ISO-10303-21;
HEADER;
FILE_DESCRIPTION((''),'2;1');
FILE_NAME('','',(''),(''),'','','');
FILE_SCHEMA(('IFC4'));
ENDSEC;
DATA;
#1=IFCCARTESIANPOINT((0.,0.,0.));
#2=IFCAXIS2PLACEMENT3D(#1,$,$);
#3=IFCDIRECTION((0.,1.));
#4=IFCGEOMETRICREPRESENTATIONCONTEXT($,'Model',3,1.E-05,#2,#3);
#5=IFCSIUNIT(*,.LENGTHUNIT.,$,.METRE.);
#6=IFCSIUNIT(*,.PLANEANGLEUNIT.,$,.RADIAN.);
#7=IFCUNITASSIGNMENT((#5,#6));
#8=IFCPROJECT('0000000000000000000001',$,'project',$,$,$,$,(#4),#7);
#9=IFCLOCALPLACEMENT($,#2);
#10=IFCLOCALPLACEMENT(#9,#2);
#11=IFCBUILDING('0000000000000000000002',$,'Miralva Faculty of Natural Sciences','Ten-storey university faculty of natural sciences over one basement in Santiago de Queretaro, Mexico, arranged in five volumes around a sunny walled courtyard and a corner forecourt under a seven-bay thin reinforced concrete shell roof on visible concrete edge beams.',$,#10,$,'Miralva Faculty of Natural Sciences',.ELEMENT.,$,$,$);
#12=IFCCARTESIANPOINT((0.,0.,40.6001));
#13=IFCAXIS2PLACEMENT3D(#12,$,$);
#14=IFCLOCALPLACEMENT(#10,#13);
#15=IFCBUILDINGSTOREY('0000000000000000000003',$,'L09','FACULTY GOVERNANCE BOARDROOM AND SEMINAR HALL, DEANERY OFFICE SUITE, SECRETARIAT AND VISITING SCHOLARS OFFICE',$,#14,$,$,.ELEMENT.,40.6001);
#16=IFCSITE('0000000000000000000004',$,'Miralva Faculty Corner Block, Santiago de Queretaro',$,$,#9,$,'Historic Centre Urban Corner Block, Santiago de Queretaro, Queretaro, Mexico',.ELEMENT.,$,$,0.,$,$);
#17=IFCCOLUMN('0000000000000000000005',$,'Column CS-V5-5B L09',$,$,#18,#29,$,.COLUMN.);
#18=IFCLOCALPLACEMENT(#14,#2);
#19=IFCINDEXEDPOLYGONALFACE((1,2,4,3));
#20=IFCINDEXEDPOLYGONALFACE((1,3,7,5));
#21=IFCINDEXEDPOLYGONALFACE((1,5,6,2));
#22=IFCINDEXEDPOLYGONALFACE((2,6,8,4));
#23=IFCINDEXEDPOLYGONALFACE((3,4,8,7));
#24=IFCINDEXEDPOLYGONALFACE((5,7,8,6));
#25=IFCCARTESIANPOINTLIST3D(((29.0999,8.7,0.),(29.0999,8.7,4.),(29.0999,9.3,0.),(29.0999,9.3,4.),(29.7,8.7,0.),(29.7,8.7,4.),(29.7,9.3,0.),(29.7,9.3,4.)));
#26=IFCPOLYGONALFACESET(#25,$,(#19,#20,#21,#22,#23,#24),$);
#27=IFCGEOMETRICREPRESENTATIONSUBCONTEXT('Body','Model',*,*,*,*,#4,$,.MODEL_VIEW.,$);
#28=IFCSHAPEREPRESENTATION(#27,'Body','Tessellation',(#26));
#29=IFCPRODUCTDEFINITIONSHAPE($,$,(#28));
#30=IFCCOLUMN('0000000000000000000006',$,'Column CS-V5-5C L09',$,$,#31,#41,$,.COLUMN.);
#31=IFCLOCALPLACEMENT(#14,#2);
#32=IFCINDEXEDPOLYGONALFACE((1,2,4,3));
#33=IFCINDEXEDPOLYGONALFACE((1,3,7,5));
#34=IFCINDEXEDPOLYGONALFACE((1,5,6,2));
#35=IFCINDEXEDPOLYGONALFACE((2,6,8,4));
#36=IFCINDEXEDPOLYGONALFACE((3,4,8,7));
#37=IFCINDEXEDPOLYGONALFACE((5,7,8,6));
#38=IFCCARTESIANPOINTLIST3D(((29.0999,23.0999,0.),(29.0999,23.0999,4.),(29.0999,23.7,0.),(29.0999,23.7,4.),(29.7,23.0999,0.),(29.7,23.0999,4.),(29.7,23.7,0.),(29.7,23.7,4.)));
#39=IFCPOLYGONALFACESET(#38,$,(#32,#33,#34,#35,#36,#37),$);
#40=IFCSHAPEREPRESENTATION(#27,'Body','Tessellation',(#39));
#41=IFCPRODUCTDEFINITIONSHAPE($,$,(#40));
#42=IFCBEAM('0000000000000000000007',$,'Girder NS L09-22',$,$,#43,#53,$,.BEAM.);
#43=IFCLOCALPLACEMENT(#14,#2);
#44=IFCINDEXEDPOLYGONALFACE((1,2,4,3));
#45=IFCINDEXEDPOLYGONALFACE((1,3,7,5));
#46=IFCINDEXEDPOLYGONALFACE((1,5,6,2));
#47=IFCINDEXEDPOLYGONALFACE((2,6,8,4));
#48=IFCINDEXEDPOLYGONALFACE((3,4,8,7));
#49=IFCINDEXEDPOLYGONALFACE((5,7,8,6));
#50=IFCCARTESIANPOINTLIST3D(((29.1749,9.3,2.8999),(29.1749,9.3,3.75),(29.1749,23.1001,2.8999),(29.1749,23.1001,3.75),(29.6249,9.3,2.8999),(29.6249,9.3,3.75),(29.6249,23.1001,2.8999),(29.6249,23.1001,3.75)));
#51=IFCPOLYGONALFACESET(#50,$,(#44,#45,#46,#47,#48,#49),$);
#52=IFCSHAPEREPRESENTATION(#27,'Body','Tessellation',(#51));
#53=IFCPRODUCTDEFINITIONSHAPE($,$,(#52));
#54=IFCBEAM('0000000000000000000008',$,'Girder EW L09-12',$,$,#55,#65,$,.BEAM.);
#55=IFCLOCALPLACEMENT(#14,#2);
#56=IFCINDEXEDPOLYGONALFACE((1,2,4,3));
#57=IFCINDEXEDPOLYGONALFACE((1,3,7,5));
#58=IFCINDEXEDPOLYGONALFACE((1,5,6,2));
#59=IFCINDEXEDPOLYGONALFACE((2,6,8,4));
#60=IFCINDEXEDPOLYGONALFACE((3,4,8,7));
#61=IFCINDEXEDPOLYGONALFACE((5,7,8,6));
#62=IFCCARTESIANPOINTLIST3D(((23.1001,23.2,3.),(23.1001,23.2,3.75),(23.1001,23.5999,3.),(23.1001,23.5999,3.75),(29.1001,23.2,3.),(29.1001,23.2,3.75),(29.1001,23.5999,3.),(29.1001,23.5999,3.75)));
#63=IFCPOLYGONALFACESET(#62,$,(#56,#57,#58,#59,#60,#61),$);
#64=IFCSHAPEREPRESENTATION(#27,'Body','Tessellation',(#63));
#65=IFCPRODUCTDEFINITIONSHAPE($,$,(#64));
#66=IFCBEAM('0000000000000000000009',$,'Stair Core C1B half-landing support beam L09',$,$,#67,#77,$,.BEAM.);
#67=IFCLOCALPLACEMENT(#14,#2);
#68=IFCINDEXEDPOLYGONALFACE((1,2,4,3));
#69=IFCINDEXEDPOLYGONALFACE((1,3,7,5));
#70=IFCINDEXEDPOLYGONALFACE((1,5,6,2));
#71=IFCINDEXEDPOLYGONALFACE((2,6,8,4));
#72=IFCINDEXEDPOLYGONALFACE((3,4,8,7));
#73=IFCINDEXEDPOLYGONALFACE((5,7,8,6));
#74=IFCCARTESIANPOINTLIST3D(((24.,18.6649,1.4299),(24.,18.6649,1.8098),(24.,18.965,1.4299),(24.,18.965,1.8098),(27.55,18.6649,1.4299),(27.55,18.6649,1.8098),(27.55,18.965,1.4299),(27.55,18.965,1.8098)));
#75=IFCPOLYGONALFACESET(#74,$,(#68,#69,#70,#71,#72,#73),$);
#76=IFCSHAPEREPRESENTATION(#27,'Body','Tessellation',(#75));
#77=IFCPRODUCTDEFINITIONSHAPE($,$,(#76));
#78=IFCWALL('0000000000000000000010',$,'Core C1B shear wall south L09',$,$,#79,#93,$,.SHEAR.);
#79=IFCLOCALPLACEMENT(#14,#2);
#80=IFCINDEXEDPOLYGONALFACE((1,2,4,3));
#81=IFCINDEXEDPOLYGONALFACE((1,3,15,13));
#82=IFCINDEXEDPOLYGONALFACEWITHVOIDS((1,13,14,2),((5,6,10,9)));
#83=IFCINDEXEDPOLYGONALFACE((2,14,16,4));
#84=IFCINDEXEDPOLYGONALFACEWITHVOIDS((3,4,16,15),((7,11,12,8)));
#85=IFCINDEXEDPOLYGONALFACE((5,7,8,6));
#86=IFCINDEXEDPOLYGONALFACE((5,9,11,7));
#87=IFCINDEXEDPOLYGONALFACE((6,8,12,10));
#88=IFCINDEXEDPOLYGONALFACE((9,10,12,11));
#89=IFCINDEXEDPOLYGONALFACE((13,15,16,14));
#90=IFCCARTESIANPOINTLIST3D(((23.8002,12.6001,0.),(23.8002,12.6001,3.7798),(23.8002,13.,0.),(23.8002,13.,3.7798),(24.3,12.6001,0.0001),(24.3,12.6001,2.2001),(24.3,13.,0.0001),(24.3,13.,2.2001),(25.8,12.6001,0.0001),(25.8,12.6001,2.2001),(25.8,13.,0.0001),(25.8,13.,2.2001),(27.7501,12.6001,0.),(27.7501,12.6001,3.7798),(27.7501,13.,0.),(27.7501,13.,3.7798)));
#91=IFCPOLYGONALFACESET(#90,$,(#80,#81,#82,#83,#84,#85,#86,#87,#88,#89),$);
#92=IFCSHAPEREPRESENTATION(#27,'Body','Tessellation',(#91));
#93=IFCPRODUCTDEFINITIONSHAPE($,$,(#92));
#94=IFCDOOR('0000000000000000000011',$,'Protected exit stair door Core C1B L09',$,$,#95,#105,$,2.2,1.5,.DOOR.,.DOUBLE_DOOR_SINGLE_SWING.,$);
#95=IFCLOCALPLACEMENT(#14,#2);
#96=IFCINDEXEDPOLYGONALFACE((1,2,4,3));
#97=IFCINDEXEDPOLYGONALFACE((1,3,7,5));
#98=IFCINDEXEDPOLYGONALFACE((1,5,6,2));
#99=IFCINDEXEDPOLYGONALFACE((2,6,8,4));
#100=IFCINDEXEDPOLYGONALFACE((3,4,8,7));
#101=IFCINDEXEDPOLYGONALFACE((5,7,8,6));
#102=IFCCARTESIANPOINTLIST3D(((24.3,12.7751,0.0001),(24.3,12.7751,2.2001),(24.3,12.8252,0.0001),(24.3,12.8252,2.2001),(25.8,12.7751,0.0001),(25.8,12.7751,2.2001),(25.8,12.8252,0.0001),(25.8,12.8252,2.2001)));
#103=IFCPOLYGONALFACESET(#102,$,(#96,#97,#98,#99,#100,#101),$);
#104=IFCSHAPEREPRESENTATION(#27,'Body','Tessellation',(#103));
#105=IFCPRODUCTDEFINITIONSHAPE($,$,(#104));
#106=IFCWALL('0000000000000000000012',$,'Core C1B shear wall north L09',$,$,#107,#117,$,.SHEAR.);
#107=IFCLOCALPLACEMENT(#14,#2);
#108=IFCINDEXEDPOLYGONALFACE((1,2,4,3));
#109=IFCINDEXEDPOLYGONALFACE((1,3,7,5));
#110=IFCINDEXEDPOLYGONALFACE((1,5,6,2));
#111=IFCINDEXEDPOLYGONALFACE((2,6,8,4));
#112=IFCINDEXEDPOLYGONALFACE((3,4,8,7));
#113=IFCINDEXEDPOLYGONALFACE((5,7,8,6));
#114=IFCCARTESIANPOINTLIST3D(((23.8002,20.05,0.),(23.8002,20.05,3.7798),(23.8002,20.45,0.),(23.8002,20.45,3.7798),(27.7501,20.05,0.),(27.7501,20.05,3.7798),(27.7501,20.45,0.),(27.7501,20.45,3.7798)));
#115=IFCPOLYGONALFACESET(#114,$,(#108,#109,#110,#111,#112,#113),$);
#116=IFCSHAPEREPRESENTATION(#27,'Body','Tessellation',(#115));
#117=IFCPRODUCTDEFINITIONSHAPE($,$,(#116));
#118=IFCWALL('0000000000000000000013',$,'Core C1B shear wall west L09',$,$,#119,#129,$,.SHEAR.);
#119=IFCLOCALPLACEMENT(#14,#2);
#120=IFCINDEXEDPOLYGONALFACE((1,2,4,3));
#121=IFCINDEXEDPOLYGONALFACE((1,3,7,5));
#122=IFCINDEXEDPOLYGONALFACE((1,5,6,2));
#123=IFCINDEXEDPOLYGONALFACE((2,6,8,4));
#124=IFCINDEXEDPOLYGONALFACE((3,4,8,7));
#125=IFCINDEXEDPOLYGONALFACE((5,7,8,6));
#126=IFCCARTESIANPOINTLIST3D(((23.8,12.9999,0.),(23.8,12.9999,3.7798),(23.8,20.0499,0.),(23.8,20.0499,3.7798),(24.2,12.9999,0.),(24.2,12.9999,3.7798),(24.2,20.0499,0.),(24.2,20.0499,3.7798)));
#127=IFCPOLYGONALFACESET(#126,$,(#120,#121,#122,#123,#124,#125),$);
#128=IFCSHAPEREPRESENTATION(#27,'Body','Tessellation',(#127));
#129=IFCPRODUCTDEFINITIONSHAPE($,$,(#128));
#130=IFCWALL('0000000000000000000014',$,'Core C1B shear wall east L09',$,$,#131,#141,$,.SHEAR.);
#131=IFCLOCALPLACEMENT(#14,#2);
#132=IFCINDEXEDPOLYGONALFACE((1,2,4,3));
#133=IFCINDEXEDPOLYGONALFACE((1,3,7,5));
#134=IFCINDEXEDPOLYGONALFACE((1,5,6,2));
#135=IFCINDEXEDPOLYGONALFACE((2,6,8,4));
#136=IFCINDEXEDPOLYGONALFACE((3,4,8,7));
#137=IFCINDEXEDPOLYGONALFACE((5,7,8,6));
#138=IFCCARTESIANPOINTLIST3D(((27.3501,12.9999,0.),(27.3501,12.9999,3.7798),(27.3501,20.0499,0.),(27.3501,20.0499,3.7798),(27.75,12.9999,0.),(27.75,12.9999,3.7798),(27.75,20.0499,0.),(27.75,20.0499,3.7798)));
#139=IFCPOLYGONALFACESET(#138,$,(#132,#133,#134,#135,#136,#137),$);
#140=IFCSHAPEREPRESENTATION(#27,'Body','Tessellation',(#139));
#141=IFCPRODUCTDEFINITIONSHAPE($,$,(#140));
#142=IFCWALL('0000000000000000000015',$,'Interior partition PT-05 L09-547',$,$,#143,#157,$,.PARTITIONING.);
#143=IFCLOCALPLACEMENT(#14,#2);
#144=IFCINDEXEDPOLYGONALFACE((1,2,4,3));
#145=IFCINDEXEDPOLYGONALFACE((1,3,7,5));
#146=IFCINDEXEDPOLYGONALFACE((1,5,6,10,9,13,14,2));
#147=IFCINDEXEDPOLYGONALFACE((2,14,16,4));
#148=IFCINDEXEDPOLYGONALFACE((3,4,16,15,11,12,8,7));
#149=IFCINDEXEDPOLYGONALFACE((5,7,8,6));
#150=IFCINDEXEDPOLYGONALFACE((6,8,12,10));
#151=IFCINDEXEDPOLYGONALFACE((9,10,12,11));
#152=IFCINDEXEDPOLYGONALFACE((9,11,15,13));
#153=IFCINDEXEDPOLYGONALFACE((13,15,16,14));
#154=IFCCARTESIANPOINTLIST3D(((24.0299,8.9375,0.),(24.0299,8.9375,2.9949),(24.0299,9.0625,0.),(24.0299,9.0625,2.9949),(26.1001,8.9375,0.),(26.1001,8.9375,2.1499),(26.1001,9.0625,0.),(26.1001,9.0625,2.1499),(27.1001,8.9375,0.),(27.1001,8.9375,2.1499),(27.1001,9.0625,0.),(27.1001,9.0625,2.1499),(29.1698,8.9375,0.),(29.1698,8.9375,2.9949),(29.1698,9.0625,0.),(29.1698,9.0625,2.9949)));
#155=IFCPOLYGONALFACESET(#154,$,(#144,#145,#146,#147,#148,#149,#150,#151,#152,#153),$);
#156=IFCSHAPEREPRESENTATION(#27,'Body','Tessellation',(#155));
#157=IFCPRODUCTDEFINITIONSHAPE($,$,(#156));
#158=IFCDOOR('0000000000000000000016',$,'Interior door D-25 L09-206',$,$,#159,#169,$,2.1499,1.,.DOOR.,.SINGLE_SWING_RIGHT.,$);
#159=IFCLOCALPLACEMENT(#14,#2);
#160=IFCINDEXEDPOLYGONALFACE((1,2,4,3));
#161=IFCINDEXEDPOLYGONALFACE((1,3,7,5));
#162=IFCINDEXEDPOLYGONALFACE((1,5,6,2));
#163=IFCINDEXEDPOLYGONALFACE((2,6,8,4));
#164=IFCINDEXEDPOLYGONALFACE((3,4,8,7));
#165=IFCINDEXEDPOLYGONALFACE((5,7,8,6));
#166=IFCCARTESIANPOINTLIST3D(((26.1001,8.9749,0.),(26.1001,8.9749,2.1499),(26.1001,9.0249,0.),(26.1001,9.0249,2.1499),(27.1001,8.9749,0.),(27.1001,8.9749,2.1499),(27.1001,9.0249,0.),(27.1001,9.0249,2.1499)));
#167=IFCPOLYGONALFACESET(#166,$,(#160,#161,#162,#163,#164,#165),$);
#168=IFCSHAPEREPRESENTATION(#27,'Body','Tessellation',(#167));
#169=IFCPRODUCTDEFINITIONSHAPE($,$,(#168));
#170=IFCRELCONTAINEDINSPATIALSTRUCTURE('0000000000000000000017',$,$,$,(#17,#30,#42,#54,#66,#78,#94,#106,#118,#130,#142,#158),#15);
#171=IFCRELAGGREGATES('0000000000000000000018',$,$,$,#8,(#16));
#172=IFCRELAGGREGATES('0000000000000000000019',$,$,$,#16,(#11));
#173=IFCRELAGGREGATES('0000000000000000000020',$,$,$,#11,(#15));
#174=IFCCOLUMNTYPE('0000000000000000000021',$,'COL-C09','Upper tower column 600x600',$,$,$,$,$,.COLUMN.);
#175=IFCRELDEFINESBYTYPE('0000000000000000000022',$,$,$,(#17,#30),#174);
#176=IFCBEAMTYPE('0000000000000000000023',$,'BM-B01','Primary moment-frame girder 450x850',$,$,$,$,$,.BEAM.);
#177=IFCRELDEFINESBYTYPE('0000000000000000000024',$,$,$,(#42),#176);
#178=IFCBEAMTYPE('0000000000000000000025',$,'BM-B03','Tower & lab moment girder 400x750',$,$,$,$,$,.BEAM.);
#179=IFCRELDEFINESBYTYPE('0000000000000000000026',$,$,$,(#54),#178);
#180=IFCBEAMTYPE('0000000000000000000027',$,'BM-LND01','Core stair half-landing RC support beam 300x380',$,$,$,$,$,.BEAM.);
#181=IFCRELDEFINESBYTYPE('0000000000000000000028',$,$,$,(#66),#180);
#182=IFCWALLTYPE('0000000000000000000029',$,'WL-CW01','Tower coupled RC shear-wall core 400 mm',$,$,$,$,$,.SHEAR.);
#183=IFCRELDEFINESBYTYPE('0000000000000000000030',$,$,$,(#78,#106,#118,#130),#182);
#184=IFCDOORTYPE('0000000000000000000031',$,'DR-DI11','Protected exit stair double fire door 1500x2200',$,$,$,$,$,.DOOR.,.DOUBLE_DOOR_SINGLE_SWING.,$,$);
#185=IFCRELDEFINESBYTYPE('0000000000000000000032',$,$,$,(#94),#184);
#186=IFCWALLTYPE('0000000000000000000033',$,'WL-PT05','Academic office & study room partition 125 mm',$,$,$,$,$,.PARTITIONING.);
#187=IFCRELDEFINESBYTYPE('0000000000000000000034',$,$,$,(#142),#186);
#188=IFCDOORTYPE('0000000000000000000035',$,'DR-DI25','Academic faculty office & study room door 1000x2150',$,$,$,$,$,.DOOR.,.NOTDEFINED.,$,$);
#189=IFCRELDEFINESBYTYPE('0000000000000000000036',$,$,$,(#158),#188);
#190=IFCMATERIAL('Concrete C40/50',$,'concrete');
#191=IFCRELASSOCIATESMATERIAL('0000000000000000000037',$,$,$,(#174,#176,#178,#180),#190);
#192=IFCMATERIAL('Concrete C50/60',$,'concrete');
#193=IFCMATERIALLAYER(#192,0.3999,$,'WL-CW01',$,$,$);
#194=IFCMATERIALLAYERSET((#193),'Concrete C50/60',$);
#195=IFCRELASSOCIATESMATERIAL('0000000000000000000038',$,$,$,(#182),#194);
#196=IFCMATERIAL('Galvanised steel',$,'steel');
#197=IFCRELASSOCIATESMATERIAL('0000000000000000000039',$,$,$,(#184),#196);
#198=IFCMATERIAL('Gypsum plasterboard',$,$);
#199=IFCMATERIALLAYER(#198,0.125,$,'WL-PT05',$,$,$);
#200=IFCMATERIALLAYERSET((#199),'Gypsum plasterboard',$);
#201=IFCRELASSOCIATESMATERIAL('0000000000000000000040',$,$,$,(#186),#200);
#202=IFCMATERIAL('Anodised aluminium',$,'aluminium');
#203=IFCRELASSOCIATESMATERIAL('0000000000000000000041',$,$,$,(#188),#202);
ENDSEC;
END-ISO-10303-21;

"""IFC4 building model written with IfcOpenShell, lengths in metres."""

from ifc_helpers import new_model, si_unit, direction, frame, frame_2d, origin, origin_2d, place, context, subcontext, project, spatial, rectangle, extrude, material, layer, layer_set, material_profile, profile_set, type_object, element, fill, save


model = new_model("IFC4")

# Units and contexts
model_context = context("Model", 3, precision=1e-05, world=origin(), true_north=direction((0.0, 1.0)))
body_context = subcontext(model_context, "Body", "Model", "MODEL_VIEW")
ifc_project = project(units=[si_unit("LENGTHUNIT", "METRE"), si_unit("PLANEANGLEUNIT", "RADIAN")], contexts=[model_context])

# Site, building, storey
site_placement = place(None, origin())
site = spatial("IfcSite", under=ifc_project, at=site_placement, Name="Miralva Faculty Corner Block, Santiago de Queretaro", LongName="Historic Centre Urban Corner Block, Santiago de Queretaro, Queretaro, Mexico", CompositionType="ELEMENT", RefElevation=0.0)
building_placement = place(site_placement, origin())
building = spatial("IfcBuilding", under=site, at=building_placement, Name="Miralva Faculty of Natural Sciences", Description="Ten-storey university faculty of natural sciences over one basement in Santiago de Queretaro, Mexico, arranged in five volumes around a sunny walled courtyard and a corner forecourt under a seven-bay thin reinforced concrete shell roof on visible concrete edge beams.", LongName="Miralva Faculty of Natural Sciences", CompositionType="ELEMENT")
storey_placement = place(building_placement, frame((0.0, 0.0, 40.6001)))
storey = spatial("IfcBuildingStorey", under=building, at=storey_placement, Name="L09", Description="FACULTY GOVERNANCE BOARDROOM AND SEMINAR HALL, DEANERY OFFICE SUITE, SECRETARIAT AND VISITING SCHOLARS OFFICE", CompositionType="ELEMENT", Elevation=40.6001)

# Columns
ifc_material_1 = material(Name="Concrete C40/50", Category="concrete")
ifc_material_profile_1 = material_profile(ifc_material_1, rectangle(XDim=0.6001, YDim=0.6001, at=origin_2d()), Name="RC 600x600")
ifc_profile_set_1 = profile_set([ifc_material_profile_1], Name="Concrete C40/50")
column_type = type_object("IfcColumnType", Name="COL-C09", Description="Upper tower column 600x600", PredefinedType="COLUMN", material=ifc_profile_set_1)
for number, where, z_axis, x_axis, name in (
    (1, (29.3999, 9.0, 0.0), (0.0, 0.0, 1.0), (1.0, 0.0, 0.0), "Column CS-V5-5B L09"),
    (2, (29.3999, 23.3999, 0.0), (0.0, 0.0, 1.0), (1.0, 0.0, 0.0), "Column CS-V5-5C L09"),
):
    element("IfcColumn", number, at=place(storey_placement, frame(where, z_axis=z_axis, x_axis=x_axis)), inside=storey, type_object=column_type, Name=name, PredefinedType="COLUMN", context=body_context, shape_type="SweptSolid", body=[
        extrude(rectangle(XDim=0.6001, YDim=0.6001, at=origin_2d()), origin(), (0.0, 0.0, 1.0), 4.0),
    ])

# Beams
ifc_material_profile_2 = material_profile(ifc_material_1, rectangle(XDim=0.45, YDim=0.8501, at=origin_2d()), Name="RC 450x850")
ifc_profile_set_2 = profile_set([ifc_material_profile_2], Name="Concrete C40/50")
beam_type_1 = type_object("IfcBeamType", Name="BM-B01", Description="Primary moment-frame girder 450x850", PredefinedType="BEAM", material=ifc_profile_set_2)
beam_1_placement = place(storey_placement, frame((29.3999, 9.3, 3.325), z_axis=(0.0, 1.0, 0.0), x_axis=(-1.0, 0.0, 0.0)))
element("IfcBeam", 3, at=beam_1_placement, inside=storey, type_object=beam_type_1, Name="Girder NS L09-22", PredefinedType="BEAM", context=body_context, shape_type="SweptSolid", body=[
    extrude(rectangle(XDim=0.45, YDim=0.8501, at=origin_2d()), origin(), (0.0, 0.0, 1.0), 13.8),
])
ifc_material_profile_3 = material_profile(ifc_material_1, rectangle(XDim=0.3999, YDim=0.75, at=origin_2d()), Name="RC 400x750")
ifc_profile_set_3 = profile_set([ifc_material_profile_3], Name="Concrete C40/50")
beam_type_2 = type_object("IfcBeamType", Name="BM-B03", Description="Tower & lab moment girder 400x750", PredefinedType="BEAM", material=ifc_profile_set_3)
beam_2_placement = place(storey_placement, frame((23.1001, 23.3999, 3.375), z_axis=(1.0, 0.0, 0.0), x_axis=(0.0, 1.0, 0.0)))
element("IfcBeam", 4, at=beam_2_placement, inside=storey, type_object=beam_type_2, Name="Girder EW L09-12", PredefinedType="BEAM", context=body_context, shape_type="SweptSolid", body=[
    extrude(rectangle(XDim=0.3999, YDim=0.75, at=origin_2d()), origin(), (0.0, 0.0, 1.0), 6.0),
])
ifc_material_profile_4 = material_profile(ifc_material_1, rectangle(XDim=0.3, YDim=0.3799, at=origin_2d()), Name="RC 300x380")
ifc_profile_set_4 = profile_set([ifc_material_profile_4], Name="Concrete C40/50")
beam_type_3 = type_object("IfcBeamType", Name="BM-LND01", Description="Core stair half-landing RC support beam 300x380", PredefinedType="BEAM", material=ifc_profile_set_4)
beam_3_placement = place(storey_placement, frame((24.0, 18.8149, 1.6199), z_axis=(1.0, 0.0, 0.0), x_axis=(0.0, 1.0, 0.0)))
element("IfcBeam", 5, at=beam_3_placement, inside=storey, type_object=beam_type_3, Name="Stair Core C1B half-landing support beam L09", PredefinedType="BEAM", context=body_context, shape_type="SweptSolid", body=[
    extrude(rectangle(XDim=0.3, YDim=0.3799, at=origin_2d()), origin(), (0.0, 0.0, 1.0), 3.55),
])

# Wall, opening, door
ifc_material_2 = material(Name="Concrete C50/60", Category="concrete")
ifc_layer_1 = layer(ifc_material_2, 0.3999, Name="WL-CW01")
ifc_layer_set_1 = layer_set([ifc_layer_1], Name="Concrete C50/60")
wall_type_1 = type_object("IfcWallType", Name="WL-CW01", Description="Tower coupled RC shear-wall core 400 mm", PredefinedType="SHEAR", material=ifc_layer_set_1)
wall_1_placement = place(storey_placement, frame((23.8, 12.8, 0.0), z_axis=(0.0, 0.0, 1.0), x_axis=(1.0, 0.0, 0.0)))
wall_1 = element("IfcWall", 6, at=wall_1_placement, inside=storey, type_object=wall_type_1, Name="Core C1B shear wall south L09", PredefinedType="SHEAR", context=body_context, shape_type="SweptSolid", body=[
    extrude(rectangle(XDim=3.95, YDim=0.3999, at=frame_2d((1.9751, 0.0))), origin(), (0.0, 0.0, 1.0), 3.7798),
])
opening_1_placement = place(wall_1_placement, frame((0.5, 0.0, 0.0)))
opening_1 = element("IfcOpeningElement", 7, at=opening_1_placement, cuts=wall_1, PredefinedType="OPENING", context=body_context, shape_type="SweptSolid", body=[
    extrude(rectangle(XDim=1.5, YDim=2.2, at=frame_2d((0.75, 1.1001))), frame((0.0, 0.21, 0.0), z_axis=(0.0, -1.0, 0.0), x_axis=(1.0, 0.0, 0.0)), (0.0, 0.0, 1.0), 0.4199),
])
ifc_material_3 = material(Name="Galvanised steel", Category="steel")
door_type_1 = type_object("IfcDoorType", Name="DR-DI11", Description="Protected exit stair double fire door 1500x2200", OperationType="DOUBLE_DOOR_SINGLE_SWING", PredefinedType="DOOR", material=ifc_material_3)
door_1_placement = place(opening_1_placement, frame((1.5, 0.0, 0.0), z_axis=(0.0, 0.0, 1.0), x_axis=(-1.0, 0.0, 0.0)))
door_1 = element("IfcDoor", 8, at=door_1_placement, inside=storey, type_object=door_type_1, Name="Protected exit stair door Core C1B L09", OperationType="DOUBLE_DOOR_SINGLE_SWING", OverallHeight=2.2, OverallWidth=1.5, PredefinedType="DOOR", context=body_context, shape_type="SweptSolid", body=[
    extrude(rectangle(XDim=1.5, YDim=2.2, at=frame_2d((0.75, 1.1001))), frame((0.0, 0.0249, 0.0), z_axis=(0.0, -1.0, 0.0), x_axis=(1.0, 0.0, 0.0)), (0.0, 0.0, 1.0), 0.05),
])
fill(opening_1, door_1)

# Walls
wall_2_placement = place(storey_placement, frame((23.8, 20.25, 0.0), z_axis=(0.0, 0.0, 1.0), x_axis=(1.0, 0.0, 0.0)))
element("IfcWall", 9, at=wall_2_placement, inside=storey, type_object=wall_type_1, Name="Core C1B shear wall north L09", PredefinedType="SHEAR", context=body_context, shape_type="SweptSolid", body=[
    extrude(rectangle(XDim=3.95, YDim=0.3999, at=frame_2d((1.9751, 0.0))), origin(), (0.0, 0.0, 1.0), 3.7798),
])
for number, where, z_axis, x_axis, name in (
    (10, (24.0, 13.0, 0.0), (0.0, 0.0, 1.0), (0.0, 1.0, 0.0), "Core C1B shear wall west L09"),
    (11, (27.55, 13.0, 0.0), (0.0, 0.0, 1.0), (0.0, 1.0, 0.0), "Core C1B shear wall east L09"),
):
    element("IfcWall", number, at=place(storey_placement, frame(where, z_axis=z_axis, x_axis=x_axis)), inside=storey, type_object=wall_type_1, Name=name, PredefinedType="SHEAR", context=body_context, shape_type="SweptSolid", body=[
        extrude(rectangle(XDim=7.05, YDim=0.3999, at=frame_2d((3.5249, 0.0))), origin(), (0.0, 0.0, 1.0), 3.7798),
    ])

# Wall, opening, door
ifc_material_4 = material(Name="Gypsum plasterboard")
ifc_layer_2 = layer(ifc_material_4, 0.125, Name="WL-PT05")
ifc_layer_set_2 = layer_set([ifc_layer_2], Name="Gypsum plasterboard")
wall_type_2 = type_object("IfcWallType", Name="WL-PT05", Description="Academic office & study room partition 125 mm", PredefinedType="PARTITIONING", material=ifc_layer_set_2)
wall_3_placement = place(storey_placement, frame((24.03, 9.0, 0.0), z_axis=(0.0, 0.0, 1.0), x_axis=(1.0, 0.0, 0.0)))
wall_3 = element("IfcWall", 12, at=wall_3_placement, inside=storey, type_object=wall_type_2, Name="Interior partition PT-05 L09-547", PredefinedType="PARTITIONING", context=body_context, shape_type="SweptSolid", body=[
    extrude(rectangle(XDim=5.1399, YDim=0.125, at=frame_2d((2.5698, 0.0))), origin(), (0.0, 0.0, 1.0), 2.9949),
])
opening_2_placement = place(wall_3_placement, frame((2.0701, 0.0, 0.0)))
opening_2 = element("IfcOpeningElement", 13, at=opening_2_placement, cuts=wall_3, PredefinedType="OPENING", context=body_context, shape_type="SweptSolid", body=[
    extrude(rectangle(XDim=1.0, YDim=2.1499, at=frame_2d((0.5, 1.075))), frame((0.0, 0.0725, 0.0), z_axis=(0.0, -1.0, 0.0), x_axis=(1.0, 0.0, 0.0)), (0.0, 0.0, 1.0), 0.145),
])
ifc_material_5 = material(Name="Anodised aluminium", Category="aluminium")
door_type_2 = type_object("IfcDoorType", Name="DR-DI25", Description="Academic faculty office & study room door 1000x2150", OperationType="NOTDEFINED", PredefinedType="DOOR", material=ifc_material_5)
door_2_placement = place(opening_2_placement, origin())
door_2 = element("IfcDoor", 14, at=door_2_placement, inside=storey, type_object=door_type_2, Name="Interior door D-25 L09-206", OperationType="SINGLE_SWING_RIGHT", OverallHeight=2.1499, OverallWidth=1.0, PredefinedType="DOOR", context=body_context, shape_type="SweptSolid", body=[
    extrude(rectangle(XDim=1.0, YDim=2.1499, at=frame_2d((0.5, 1.075))), frame((0.0, 0.0249, 0.0), z_axis=(0.0, -1.0, 0.0), x_axis=(1.0, 0.0, 0.0)), (0.0, 0.0, 1.0), 0.05),
])
fill(opening_2, door_2)

save(model, "model.ifc")
